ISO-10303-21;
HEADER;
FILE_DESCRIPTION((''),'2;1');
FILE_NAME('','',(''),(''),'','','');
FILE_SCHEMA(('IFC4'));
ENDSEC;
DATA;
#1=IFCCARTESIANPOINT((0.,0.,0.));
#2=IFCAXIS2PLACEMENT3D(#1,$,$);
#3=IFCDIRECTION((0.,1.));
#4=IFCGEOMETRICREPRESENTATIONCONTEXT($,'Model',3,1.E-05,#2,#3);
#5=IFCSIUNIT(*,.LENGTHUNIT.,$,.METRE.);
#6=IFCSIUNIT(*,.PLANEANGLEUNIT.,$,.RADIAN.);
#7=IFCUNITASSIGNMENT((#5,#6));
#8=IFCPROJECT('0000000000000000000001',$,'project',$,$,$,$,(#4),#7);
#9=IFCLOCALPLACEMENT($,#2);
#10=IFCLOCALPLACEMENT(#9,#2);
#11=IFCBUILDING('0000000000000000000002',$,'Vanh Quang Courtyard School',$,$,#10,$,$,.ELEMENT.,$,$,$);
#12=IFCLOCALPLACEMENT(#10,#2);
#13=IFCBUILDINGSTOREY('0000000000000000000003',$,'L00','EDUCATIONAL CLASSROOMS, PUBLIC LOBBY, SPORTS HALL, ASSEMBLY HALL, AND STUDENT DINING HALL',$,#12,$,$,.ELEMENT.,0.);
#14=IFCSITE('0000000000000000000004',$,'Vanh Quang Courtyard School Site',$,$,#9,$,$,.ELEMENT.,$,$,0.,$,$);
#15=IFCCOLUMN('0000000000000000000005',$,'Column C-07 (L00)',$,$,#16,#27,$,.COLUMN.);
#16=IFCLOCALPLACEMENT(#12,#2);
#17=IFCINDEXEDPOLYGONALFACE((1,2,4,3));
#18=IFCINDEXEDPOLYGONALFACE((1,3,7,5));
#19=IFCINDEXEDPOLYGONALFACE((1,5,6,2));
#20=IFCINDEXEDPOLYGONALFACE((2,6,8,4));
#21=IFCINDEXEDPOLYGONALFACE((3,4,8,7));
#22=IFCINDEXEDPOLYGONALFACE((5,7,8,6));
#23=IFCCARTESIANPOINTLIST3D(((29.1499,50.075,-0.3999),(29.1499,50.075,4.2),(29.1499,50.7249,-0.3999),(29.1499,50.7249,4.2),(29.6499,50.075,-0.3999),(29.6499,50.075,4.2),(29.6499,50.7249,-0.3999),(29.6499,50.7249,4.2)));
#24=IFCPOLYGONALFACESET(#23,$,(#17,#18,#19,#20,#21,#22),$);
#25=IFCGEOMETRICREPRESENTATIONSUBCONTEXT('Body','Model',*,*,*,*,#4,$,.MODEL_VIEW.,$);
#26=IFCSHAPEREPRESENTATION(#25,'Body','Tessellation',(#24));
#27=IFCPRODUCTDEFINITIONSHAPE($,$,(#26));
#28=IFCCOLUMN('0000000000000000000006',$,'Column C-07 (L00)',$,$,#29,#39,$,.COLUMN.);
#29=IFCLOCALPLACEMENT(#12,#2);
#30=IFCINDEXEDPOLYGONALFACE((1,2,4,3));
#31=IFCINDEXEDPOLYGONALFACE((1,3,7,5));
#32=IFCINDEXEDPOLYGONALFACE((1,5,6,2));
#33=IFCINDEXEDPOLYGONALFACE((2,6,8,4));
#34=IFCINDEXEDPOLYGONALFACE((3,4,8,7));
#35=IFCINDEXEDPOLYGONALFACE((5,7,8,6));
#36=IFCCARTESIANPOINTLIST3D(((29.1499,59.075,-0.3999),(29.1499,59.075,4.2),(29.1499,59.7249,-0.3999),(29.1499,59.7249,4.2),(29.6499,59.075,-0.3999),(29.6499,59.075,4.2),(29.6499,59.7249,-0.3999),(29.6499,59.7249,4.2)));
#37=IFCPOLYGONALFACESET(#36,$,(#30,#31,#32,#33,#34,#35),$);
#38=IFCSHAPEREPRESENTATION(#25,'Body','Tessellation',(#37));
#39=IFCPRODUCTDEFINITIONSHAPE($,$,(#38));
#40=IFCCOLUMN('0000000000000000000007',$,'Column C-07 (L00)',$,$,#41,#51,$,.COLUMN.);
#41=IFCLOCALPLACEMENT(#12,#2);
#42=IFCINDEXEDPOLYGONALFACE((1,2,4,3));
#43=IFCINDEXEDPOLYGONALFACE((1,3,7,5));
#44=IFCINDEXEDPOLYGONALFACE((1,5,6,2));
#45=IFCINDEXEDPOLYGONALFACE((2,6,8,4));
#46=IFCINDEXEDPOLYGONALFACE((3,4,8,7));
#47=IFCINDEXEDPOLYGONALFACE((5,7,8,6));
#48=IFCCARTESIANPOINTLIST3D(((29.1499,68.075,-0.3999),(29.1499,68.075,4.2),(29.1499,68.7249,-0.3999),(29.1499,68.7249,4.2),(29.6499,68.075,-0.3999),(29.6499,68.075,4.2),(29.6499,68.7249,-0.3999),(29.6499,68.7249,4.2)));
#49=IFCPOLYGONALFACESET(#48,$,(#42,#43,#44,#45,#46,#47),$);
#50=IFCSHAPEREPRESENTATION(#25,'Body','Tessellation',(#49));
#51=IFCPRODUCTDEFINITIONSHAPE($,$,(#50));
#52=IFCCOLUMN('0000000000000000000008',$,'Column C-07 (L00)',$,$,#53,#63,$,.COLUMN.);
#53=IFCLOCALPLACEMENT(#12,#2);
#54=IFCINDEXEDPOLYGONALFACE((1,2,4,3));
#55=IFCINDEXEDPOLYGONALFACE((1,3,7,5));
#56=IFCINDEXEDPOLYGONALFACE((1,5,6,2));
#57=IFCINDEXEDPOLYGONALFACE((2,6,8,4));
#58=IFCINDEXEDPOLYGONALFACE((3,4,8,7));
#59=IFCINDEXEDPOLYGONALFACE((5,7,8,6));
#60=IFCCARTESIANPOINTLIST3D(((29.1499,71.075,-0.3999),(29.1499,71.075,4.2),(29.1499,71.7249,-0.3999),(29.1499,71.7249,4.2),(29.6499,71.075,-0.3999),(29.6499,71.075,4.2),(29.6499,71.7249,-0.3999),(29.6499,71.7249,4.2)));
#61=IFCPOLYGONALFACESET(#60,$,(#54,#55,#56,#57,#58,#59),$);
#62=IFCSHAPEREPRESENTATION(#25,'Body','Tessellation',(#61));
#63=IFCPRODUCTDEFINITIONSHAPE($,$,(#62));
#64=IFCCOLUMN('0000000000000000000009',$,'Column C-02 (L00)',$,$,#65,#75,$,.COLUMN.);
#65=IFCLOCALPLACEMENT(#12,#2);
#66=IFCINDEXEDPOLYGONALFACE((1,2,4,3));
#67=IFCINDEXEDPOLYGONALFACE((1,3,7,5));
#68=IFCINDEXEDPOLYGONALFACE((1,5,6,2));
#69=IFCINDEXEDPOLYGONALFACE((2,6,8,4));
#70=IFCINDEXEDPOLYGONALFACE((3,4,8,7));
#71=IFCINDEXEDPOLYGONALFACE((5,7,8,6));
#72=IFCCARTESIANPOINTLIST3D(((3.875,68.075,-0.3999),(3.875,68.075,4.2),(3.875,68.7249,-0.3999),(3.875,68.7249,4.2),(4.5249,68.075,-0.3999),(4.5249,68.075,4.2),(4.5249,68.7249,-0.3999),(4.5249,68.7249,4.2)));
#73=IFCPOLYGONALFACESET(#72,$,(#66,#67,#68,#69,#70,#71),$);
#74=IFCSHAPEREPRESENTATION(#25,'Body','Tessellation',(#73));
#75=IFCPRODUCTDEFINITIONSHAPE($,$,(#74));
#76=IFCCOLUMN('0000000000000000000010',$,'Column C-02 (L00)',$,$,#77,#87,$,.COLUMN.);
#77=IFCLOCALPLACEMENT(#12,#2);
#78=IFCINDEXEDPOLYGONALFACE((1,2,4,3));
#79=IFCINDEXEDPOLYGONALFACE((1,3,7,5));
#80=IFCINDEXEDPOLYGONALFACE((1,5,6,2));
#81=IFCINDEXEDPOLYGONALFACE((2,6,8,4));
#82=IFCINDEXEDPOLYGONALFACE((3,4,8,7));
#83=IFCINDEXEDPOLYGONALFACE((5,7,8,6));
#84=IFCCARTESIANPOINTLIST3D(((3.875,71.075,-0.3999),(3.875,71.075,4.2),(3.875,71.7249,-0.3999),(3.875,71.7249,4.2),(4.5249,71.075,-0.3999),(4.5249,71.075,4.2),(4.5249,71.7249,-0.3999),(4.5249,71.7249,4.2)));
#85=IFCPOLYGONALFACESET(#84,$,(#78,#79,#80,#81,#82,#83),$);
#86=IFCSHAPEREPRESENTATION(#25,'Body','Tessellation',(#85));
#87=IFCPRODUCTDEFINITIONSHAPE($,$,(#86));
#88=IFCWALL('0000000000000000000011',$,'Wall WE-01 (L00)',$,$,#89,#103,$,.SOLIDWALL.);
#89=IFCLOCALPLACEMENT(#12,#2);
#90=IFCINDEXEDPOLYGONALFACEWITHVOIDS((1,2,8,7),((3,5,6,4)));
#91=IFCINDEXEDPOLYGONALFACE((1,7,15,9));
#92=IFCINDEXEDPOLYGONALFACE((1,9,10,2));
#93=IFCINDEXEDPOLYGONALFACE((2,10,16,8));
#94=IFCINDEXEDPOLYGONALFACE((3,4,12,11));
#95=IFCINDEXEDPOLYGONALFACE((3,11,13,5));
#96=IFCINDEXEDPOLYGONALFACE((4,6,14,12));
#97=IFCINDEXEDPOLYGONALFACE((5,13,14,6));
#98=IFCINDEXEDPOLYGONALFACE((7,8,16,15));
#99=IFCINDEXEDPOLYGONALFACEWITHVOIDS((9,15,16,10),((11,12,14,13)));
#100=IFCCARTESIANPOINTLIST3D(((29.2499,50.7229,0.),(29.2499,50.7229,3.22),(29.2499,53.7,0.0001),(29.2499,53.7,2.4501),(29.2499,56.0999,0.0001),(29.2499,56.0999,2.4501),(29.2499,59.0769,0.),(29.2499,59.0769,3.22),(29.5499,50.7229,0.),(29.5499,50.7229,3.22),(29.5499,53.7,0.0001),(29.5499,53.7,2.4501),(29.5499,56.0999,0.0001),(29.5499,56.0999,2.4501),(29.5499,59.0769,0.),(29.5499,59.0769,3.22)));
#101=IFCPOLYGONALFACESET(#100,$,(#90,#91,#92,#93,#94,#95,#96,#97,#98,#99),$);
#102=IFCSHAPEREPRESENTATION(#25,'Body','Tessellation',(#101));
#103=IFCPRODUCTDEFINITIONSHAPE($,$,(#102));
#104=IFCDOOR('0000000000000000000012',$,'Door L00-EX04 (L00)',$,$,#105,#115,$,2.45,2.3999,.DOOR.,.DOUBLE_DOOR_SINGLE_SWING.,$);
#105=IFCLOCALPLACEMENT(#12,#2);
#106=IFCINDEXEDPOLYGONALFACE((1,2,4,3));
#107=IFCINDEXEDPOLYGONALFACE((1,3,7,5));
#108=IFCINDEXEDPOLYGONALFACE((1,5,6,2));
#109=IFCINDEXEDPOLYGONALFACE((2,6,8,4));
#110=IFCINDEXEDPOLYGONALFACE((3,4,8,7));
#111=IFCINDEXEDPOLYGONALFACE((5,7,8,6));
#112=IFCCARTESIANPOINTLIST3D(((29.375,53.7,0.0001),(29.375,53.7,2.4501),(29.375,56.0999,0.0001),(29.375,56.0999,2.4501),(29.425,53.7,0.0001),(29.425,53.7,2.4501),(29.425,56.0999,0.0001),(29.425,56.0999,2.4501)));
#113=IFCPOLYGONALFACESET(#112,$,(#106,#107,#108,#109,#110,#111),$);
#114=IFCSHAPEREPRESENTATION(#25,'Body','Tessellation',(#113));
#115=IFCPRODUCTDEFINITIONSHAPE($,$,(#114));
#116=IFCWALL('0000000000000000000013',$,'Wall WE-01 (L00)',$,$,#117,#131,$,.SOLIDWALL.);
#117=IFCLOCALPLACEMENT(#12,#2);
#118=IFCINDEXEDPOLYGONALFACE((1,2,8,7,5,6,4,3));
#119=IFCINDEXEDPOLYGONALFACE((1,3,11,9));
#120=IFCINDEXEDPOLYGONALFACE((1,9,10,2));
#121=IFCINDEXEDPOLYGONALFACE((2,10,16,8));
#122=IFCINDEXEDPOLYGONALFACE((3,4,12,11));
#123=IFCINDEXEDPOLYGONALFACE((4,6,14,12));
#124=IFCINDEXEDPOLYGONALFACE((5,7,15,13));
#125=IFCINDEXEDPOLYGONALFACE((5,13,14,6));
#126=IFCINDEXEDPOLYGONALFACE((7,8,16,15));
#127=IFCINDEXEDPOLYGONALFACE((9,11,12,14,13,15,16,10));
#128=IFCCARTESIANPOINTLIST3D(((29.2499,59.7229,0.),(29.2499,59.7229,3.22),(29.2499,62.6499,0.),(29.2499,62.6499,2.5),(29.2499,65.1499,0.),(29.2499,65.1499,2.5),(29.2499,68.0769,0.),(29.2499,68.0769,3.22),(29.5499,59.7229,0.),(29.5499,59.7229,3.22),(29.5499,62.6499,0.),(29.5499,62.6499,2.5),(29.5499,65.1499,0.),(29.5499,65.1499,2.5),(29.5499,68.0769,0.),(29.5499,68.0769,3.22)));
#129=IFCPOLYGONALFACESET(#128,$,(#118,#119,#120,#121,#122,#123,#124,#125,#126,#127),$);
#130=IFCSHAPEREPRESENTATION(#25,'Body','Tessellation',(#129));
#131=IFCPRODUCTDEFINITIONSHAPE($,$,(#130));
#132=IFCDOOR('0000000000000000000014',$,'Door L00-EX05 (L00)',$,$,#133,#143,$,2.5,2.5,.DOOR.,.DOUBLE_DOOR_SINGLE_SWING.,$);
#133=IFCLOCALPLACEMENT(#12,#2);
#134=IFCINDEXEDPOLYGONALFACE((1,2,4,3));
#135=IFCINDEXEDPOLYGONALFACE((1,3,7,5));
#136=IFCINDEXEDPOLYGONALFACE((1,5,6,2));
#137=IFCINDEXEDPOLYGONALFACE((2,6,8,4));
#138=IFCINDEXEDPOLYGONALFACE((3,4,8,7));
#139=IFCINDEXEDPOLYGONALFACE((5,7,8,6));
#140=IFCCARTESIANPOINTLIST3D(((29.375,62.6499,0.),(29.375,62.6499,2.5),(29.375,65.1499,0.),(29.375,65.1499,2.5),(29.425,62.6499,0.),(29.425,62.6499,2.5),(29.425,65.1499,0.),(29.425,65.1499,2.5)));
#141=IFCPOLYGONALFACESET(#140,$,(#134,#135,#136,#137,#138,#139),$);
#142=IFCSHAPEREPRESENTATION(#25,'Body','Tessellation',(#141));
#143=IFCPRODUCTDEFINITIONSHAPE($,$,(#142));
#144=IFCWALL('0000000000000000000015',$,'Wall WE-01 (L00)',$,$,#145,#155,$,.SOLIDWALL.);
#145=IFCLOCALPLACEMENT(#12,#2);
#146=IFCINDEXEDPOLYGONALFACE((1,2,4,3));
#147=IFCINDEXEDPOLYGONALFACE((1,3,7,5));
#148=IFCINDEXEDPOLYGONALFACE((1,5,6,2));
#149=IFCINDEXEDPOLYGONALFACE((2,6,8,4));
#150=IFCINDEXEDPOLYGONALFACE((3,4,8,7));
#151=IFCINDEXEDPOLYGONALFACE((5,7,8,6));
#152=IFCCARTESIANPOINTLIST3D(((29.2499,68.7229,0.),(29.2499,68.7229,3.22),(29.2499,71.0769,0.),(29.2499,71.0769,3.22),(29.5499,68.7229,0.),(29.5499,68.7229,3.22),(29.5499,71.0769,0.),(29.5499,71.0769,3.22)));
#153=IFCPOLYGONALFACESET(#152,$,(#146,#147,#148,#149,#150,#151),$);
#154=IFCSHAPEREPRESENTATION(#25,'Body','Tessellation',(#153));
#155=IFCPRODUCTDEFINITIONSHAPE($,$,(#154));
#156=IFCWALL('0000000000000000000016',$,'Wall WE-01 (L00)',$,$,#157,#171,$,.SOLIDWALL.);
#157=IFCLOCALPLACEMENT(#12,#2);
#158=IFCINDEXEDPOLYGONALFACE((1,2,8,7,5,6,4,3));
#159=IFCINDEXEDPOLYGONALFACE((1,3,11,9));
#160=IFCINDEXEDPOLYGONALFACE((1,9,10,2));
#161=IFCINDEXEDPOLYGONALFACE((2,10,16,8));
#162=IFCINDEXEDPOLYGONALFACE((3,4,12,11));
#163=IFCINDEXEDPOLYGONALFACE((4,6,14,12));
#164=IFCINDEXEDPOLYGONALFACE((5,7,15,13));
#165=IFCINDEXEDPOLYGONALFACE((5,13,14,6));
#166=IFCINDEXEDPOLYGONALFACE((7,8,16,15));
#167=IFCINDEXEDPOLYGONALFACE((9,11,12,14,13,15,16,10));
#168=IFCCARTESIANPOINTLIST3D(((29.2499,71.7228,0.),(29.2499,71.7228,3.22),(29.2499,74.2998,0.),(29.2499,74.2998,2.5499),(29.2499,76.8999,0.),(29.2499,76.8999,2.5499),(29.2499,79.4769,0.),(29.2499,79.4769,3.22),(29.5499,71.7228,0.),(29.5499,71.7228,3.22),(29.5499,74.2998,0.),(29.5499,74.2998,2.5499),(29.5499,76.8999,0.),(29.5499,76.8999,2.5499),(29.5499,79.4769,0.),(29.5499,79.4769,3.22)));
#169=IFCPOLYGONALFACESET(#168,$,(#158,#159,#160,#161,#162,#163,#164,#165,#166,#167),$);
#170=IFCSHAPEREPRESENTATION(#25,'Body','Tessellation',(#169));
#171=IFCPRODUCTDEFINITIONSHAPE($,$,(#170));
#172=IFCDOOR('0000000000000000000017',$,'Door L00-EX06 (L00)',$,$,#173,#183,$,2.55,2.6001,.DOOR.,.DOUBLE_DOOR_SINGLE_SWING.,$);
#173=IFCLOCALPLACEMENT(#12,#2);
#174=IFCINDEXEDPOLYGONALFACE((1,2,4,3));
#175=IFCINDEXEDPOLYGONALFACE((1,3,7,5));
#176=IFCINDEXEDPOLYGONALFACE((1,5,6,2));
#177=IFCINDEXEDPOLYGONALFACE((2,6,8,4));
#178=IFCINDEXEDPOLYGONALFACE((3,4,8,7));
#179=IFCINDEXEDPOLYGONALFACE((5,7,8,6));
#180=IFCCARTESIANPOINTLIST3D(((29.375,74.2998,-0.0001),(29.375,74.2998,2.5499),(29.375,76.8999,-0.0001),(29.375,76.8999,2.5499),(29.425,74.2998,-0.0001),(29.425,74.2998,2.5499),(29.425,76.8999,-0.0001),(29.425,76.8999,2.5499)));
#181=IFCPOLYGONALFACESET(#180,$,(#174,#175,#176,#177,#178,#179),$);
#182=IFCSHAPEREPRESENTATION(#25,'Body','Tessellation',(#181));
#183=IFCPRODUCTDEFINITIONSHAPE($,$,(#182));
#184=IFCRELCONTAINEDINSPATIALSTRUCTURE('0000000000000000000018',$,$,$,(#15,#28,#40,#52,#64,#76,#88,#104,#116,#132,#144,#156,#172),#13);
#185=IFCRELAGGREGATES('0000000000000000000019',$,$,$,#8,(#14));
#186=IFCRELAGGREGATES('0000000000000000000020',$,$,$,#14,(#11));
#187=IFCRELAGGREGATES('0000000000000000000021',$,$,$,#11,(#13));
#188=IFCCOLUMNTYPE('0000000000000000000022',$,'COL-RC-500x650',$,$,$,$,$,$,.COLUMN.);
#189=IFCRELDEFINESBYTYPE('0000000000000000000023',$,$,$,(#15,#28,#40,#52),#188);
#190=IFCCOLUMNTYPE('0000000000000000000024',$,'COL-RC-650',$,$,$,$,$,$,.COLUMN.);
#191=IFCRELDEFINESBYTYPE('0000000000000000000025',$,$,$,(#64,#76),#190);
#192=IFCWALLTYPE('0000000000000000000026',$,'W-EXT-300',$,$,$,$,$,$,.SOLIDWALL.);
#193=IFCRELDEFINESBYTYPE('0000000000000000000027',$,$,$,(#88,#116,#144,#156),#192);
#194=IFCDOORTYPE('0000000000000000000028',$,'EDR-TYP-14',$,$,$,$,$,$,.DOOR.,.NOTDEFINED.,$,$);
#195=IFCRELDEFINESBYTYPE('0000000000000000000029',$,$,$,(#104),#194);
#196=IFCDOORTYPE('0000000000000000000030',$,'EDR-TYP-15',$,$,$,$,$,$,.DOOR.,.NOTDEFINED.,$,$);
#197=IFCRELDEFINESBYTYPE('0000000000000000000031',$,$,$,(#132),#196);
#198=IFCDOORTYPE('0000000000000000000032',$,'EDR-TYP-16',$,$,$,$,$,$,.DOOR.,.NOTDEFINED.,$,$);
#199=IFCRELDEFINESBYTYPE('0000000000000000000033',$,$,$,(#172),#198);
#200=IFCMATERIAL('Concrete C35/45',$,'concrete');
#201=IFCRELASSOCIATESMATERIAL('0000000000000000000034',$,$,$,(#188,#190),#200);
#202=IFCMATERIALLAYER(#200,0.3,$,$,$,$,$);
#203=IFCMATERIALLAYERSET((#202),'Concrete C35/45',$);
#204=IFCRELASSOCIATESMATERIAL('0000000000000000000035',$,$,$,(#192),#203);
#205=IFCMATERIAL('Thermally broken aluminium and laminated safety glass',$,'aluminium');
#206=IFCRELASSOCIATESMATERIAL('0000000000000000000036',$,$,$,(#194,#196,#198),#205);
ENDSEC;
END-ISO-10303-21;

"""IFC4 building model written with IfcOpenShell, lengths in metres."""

from ifc_helpers import new_model, si_unit, direction, frame, frame_2d, origin, origin_2d, place, context, subcontext, project, spatial, rectangle, extrude, material, layer, layer_set, material_profile, profile_set, type_object, element, fill, save


model = new_model("IFC4")

# Units and contexts
model_context = context("Model", 3, precision=1e-05, world=origin(), true_north=direction((0.0, 1.0)))
body_context = subcontext(model_context, "Body", "Model", "MODEL_VIEW")
ifc_project = project(units=[si_unit("LENGTHUNIT", "METRE"), si_unit("PLANEANGLEUNIT", "RADIAN")], contexts=[model_context])

# Site, building, storey
site_placement = place(None, origin())
site = spatial("IfcSite", under=ifc_project, at=site_placement, Name="Vanh Quang Courtyard School Site", CompositionType="ELEMENT", RefElevation=0.0)
building_placement = place(site_placement, origin())
building = spatial("IfcBuilding", under=site, at=building_placement, Name="Vanh Quang Courtyard School", CompositionType="ELEMENT")
storey_placement = place(building_placement, origin())
storey = spatial("IfcBuildingStorey", under=building, at=storey_placement, Name="L00", Description="EDUCATIONAL CLASSROOMS, PUBLIC LOBBY, SPORTS HALL, ASSEMBLY HALL, AND STUDENT DINING HALL", CompositionType="ELEMENT", Elevation=0.0)

# Shared definitions
ifc_material_1 = material(Name="Concrete C35/45", Category="concrete")

# Columns
ifc_material_profile_1 = material_profile(ifc_material_1, rectangle(XDim=0.5, YDim=0.6499, at=origin_2d()), Name="RC-COL 500x650")
ifc_profile_set_1 = profile_set([ifc_material_profile_1], Name="Concrete C35/45")
column_type_1 = type_object("IfcColumnType", Name="COL-RC-500x650", PredefinedType="COLUMN", material=ifc_profile_set_1)
for number, where, z_axis, x_axis, name in (
    (1, (29.3999, 50.3999, -0.3999), (0.0, 0.0, 1.0), (1.0, 0.0, 0.0), "Column C-07 (L00)"),
    (2, (29.3999, 59.3999, -0.3999), (0.0, 0.0, 1.0), (1.0, 0.0, 0.0), "Column C-07 (L00)"),
    (3, (29.3999, 68.3999, -0.3999), (0.0, 0.0, 1.0), (1.0, 0.0, 0.0), "Column C-07 (L00)"),
    (4, (29.3999, 71.3999, -0.3999), (0.0, 0.0, 1.0), (1.0, 0.0, 0.0), "Column C-07 (L00)"),
):
    element("IfcColumn", number, at=place(storey_placement, frame(where, z_axis=z_axis, x_axis=x_axis)), inside=storey, type_object=column_type_1, Name=name, PredefinedType="COLUMN", context=body_context, shape_type="SweptSolid", body=[
        extrude(rectangle(XDim=0.5, YDim=0.6499, at=origin_2d()), origin(), (0.0, 0.0, 1.0), 4.5999),
    ])
ifc_material_profile_2 = material_profile(ifc_material_1, rectangle(XDim=0.6499, YDim=0.6499, at=origin_2d()), Name="RC-COL 650x650")
ifc_profile_set_2 = profile_set([ifc_material_profile_2], Name="Concrete C35/45")
column_type_2 = type_object("IfcColumnType", Name="COL-RC-650", PredefinedType="COLUMN", material=ifc_profile_set_2)
for number, where, z_axis, x_axis, name in (
    (5, (4.2, 68.3999, -0.3999), (0.0, 0.0, 1.0), (1.0, 0.0, 0.0), "Column C-02 (L00)"),
    (6, (4.2, 71.3999, -0.3999), (0.0, 0.0, 1.0), (1.0, 0.0, 0.0), "Column C-02 (L00)"),
):
    element("IfcColumn", number, at=place(storey_placement, frame(where, z_axis=z_axis, x_axis=x_axis)), inside=storey, type_object=column_type_2, Name=name, PredefinedType="COLUMN", context=body_context, shape_type="SweptSolid", body=[
        extrude(rectangle(XDim=0.6499, YDim=0.6499, at=origin_2d()), origin(), (0.0, 0.0, 1.0), 4.5999),
    ])

# Walls, openings, doors
ifc_layer = layer(ifc_material_1, 0.3)
ifc_layer_set = layer_set([ifc_layer], Name="Concrete C35/45")
wall_type = type_object("IfcWallType", Name="W-EXT-300", PredefinedType="SOLIDWALL", material=ifc_layer_set)
wall_1_placement = place(storey_placement, frame((29.3999, 50.7229, 0.0), z_axis=(0.0, 0.0, 1.0), x_axis=(0.0, 1.0, 0.0)))
wall_1 = element("IfcWall", 7, at=wall_1_placement, inside=storey, type_object=wall_type, Name="Wall WE-01 (L00)", PredefinedType="SOLIDWALL", context=body_context, shape_type="SweptSolid", body=[
    extrude(rectangle(XDim=8.354, YDim=0.3, at=frame_2d((4.177, 0.0))), origin(), (0.0, 0.0, 1.0), 3.22),
])
opening_1_placement = place(wall_1_placement, frame((2.9771, 0.0, 0.0)))
opening_1 = element("IfcOpeningElement", 8, at=opening_1_placement, cuts=wall_1, PredefinedType="OPENING", context=body_context, shape_type="SweptSolid", body=[
    extrude(rectangle(XDim=2.3999, YDim=2.45, at=frame_2d((1.2, 1.2251))), frame((0.0, 0.1602, 0.0), z_axis=(0.0, -1.0, 0.0), x_axis=(1.0, 0.0, 0.0)), (0.0, 0.0, 1.0), 0.3201),
])
ifc_material_2 = material(Name="Thermally broken aluminium and laminated safety glass", Category="aluminium")
door_type_1 = type_object("IfcDoorType", Name="EDR-TYP-14", OperationType="NOTDEFINED", PredefinedType="DOOR", material=ifc_material_2)
door_1_placement = place(opening_1_placement, origin())
door_1 = element("IfcDoor", 9, at=door_1_placement, inside=storey, type_object=door_type_1, Name="Door L00-EX04 (L00)", OperationType="DOUBLE_DOOR_SINGLE_SWING", OverallHeight=2.45, OverallWidth=2.3999, PredefinedType="DOOR", context=body_context, shape_type="SweptSolid", body=[
    extrude(rectangle(XDim=2.3999, YDim=2.45, at=frame_2d((1.2, 1.2251))), frame((0.0, 0.0249, 0.0), z_axis=(0.0, -1.0, 0.0), x_axis=(1.0, 0.0, 0.0)), (0.0, 0.0, 1.0), 0.05),
])
fill(opening_1, door_1)
wall_2_placement = place(storey_placement, frame((29.3999, 59.7229, 0.0), z_axis=(0.0, 0.0, 1.0), x_axis=(0.0, 1.0, 0.0)))
wall_2 = element("IfcWall", 10, at=wall_2_placement, inside=storey, type_object=wall_type, Name="Wall WE-01 (L00)", PredefinedType="SOLIDWALL", context=body_context, shape_type="SweptSolid", body=[
    extrude(rectangle(XDim=8.354, YDim=0.3, at=frame_2d((4.177, 0.0))), origin(), (0.0, 0.0, 1.0), 3.22),
])
opening_2_placement = place(wall_2_placement, frame((2.927, 0.0, 0.0)))
opening_2 = element("IfcOpeningElement", 11, at=opening_2_placement, cuts=wall_2, PredefinedType="OPENING", context=body_context, shape_type="SweptSolid", body=[
    extrude(rectangle(XDim=2.5, YDim=2.5, at=frame_2d((1.25, 1.25))), frame((0.0, 0.1602, 0.0), z_axis=(0.0, -1.0, 0.0), x_axis=(1.0, 0.0, 0.0)), (0.0, 0.0, 1.0), 0.3201),
])
door_type_2 = type_object("IfcDoorType", Name="EDR-TYP-15", OperationType="NOTDEFINED", PredefinedType="DOOR", material=ifc_material_2)
door_2_placement = place(opening_2_placement, origin())
door_2 = element("IfcDoor", 12, at=door_2_placement, inside=storey, type_object=door_type_2, Name="Door L00-EX05 (L00)", OperationType="DOUBLE_DOOR_SINGLE_SWING", OverallHeight=2.5, OverallWidth=2.5, PredefinedType="DOOR", context=body_context, shape_type="SweptSolid", body=[
    extrude(rectangle(XDim=2.5, YDim=2.5, at=frame_2d((1.25, 1.25))), frame((0.0, 0.0249, 0.0), z_axis=(0.0, -1.0, 0.0), x_axis=(1.0, 0.0, 0.0)), (0.0, 0.0, 1.0), 0.05),
])
fill(opening_2, door_2)

# Wall
wall_3_placement = place(storey_placement, frame((29.3999, 68.7229, 0.0), z_axis=(0.0, 0.0, 1.0), x_axis=(0.0, 1.0, 0.0)))
element("IfcWall", 13, at=wall_3_placement, inside=storey, type_object=wall_type, Name="Wall WE-01 (L00)", PredefinedType="SOLIDWALL", context=body_context, shape_type="SweptSolid", body=[
    extrude(rectangle(XDim=2.354, YDim=0.3, at=frame_2d((1.177, 0.0))), origin(), (0.0, 0.0, 1.0), 3.22),
])

# Wall, opening, door
wall_4_placement = place(storey_placement, frame((29.3999, 71.7229, 0.0), z_axis=(0.0, 0.0, 1.0), x_axis=(0.0, 1.0, 0.0)))
wall_4 = element("IfcWall", 14, at=wall_4_placement, inside=storey, type_object=wall_type, Name="Wall WE-01 (L00)", PredefinedType="SOLIDWALL", context=body_context, shape_type="SweptSolid", body=[
    extrude(rectangle(XDim=7.7542, YDim=0.3, at=frame_2d((3.877, 0.0))), origin(), (0.0, 0.0, 1.0), 3.22),
])
opening_3_placement = place(wall_4_placement, frame((2.5769, 0.0, 0.0)))
opening_3 = element("IfcOpeningElement", 15, at=opening_3_placement, cuts=wall_4, PredefinedType="OPENING", context=body_context, shape_type="SweptSolid", body=[
    extrude(rectangle(XDim=2.6001, YDim=2.55, at=frame_2d((1.3, 1.2749))), frame((0.0, 0.1602, 0.0), z_axis=(0.0, -1.0, 0.0), x_axis=(1.0, 0.0, 0.0)), (0.0, 0.0, 1.0), 0.3201),
])
door_type_3 = type_object("IfcDoorType", Name="EDR-TYP-16", OperationType="NOTDEFINED", PredefinedType="DOOR", material=ifc_material_2)
door_3_placement = place(opening_3_placement, origin())
door_3 = element("IfcDoor", 16, at=door_3_placement, inside=storey, type_object=door_type_3, Name="Door L00-EX06 (L00)", OperationType="DOUBLE_DOOR_SINGLE_SWING", OverallHeight=2.55, OverallWidth=2.6001, PredefinedType="DOOR", context=body_context, shape_type="SweptSolid", body=[
    extrude(rectangle(XDim=2.6001, YDim=2.55, at=frame_2d((1.3, 1.2749))), frame((0.0, 0.0249, 0.0), z_axis=(0.0, -1.0, 0.0), x_axis=(1.0, 0.0, 0.0)), (0.0, 0.0, 1.0), 0.05),
])
fill(opening_3, door_3)

save(model, "model.ifc")
